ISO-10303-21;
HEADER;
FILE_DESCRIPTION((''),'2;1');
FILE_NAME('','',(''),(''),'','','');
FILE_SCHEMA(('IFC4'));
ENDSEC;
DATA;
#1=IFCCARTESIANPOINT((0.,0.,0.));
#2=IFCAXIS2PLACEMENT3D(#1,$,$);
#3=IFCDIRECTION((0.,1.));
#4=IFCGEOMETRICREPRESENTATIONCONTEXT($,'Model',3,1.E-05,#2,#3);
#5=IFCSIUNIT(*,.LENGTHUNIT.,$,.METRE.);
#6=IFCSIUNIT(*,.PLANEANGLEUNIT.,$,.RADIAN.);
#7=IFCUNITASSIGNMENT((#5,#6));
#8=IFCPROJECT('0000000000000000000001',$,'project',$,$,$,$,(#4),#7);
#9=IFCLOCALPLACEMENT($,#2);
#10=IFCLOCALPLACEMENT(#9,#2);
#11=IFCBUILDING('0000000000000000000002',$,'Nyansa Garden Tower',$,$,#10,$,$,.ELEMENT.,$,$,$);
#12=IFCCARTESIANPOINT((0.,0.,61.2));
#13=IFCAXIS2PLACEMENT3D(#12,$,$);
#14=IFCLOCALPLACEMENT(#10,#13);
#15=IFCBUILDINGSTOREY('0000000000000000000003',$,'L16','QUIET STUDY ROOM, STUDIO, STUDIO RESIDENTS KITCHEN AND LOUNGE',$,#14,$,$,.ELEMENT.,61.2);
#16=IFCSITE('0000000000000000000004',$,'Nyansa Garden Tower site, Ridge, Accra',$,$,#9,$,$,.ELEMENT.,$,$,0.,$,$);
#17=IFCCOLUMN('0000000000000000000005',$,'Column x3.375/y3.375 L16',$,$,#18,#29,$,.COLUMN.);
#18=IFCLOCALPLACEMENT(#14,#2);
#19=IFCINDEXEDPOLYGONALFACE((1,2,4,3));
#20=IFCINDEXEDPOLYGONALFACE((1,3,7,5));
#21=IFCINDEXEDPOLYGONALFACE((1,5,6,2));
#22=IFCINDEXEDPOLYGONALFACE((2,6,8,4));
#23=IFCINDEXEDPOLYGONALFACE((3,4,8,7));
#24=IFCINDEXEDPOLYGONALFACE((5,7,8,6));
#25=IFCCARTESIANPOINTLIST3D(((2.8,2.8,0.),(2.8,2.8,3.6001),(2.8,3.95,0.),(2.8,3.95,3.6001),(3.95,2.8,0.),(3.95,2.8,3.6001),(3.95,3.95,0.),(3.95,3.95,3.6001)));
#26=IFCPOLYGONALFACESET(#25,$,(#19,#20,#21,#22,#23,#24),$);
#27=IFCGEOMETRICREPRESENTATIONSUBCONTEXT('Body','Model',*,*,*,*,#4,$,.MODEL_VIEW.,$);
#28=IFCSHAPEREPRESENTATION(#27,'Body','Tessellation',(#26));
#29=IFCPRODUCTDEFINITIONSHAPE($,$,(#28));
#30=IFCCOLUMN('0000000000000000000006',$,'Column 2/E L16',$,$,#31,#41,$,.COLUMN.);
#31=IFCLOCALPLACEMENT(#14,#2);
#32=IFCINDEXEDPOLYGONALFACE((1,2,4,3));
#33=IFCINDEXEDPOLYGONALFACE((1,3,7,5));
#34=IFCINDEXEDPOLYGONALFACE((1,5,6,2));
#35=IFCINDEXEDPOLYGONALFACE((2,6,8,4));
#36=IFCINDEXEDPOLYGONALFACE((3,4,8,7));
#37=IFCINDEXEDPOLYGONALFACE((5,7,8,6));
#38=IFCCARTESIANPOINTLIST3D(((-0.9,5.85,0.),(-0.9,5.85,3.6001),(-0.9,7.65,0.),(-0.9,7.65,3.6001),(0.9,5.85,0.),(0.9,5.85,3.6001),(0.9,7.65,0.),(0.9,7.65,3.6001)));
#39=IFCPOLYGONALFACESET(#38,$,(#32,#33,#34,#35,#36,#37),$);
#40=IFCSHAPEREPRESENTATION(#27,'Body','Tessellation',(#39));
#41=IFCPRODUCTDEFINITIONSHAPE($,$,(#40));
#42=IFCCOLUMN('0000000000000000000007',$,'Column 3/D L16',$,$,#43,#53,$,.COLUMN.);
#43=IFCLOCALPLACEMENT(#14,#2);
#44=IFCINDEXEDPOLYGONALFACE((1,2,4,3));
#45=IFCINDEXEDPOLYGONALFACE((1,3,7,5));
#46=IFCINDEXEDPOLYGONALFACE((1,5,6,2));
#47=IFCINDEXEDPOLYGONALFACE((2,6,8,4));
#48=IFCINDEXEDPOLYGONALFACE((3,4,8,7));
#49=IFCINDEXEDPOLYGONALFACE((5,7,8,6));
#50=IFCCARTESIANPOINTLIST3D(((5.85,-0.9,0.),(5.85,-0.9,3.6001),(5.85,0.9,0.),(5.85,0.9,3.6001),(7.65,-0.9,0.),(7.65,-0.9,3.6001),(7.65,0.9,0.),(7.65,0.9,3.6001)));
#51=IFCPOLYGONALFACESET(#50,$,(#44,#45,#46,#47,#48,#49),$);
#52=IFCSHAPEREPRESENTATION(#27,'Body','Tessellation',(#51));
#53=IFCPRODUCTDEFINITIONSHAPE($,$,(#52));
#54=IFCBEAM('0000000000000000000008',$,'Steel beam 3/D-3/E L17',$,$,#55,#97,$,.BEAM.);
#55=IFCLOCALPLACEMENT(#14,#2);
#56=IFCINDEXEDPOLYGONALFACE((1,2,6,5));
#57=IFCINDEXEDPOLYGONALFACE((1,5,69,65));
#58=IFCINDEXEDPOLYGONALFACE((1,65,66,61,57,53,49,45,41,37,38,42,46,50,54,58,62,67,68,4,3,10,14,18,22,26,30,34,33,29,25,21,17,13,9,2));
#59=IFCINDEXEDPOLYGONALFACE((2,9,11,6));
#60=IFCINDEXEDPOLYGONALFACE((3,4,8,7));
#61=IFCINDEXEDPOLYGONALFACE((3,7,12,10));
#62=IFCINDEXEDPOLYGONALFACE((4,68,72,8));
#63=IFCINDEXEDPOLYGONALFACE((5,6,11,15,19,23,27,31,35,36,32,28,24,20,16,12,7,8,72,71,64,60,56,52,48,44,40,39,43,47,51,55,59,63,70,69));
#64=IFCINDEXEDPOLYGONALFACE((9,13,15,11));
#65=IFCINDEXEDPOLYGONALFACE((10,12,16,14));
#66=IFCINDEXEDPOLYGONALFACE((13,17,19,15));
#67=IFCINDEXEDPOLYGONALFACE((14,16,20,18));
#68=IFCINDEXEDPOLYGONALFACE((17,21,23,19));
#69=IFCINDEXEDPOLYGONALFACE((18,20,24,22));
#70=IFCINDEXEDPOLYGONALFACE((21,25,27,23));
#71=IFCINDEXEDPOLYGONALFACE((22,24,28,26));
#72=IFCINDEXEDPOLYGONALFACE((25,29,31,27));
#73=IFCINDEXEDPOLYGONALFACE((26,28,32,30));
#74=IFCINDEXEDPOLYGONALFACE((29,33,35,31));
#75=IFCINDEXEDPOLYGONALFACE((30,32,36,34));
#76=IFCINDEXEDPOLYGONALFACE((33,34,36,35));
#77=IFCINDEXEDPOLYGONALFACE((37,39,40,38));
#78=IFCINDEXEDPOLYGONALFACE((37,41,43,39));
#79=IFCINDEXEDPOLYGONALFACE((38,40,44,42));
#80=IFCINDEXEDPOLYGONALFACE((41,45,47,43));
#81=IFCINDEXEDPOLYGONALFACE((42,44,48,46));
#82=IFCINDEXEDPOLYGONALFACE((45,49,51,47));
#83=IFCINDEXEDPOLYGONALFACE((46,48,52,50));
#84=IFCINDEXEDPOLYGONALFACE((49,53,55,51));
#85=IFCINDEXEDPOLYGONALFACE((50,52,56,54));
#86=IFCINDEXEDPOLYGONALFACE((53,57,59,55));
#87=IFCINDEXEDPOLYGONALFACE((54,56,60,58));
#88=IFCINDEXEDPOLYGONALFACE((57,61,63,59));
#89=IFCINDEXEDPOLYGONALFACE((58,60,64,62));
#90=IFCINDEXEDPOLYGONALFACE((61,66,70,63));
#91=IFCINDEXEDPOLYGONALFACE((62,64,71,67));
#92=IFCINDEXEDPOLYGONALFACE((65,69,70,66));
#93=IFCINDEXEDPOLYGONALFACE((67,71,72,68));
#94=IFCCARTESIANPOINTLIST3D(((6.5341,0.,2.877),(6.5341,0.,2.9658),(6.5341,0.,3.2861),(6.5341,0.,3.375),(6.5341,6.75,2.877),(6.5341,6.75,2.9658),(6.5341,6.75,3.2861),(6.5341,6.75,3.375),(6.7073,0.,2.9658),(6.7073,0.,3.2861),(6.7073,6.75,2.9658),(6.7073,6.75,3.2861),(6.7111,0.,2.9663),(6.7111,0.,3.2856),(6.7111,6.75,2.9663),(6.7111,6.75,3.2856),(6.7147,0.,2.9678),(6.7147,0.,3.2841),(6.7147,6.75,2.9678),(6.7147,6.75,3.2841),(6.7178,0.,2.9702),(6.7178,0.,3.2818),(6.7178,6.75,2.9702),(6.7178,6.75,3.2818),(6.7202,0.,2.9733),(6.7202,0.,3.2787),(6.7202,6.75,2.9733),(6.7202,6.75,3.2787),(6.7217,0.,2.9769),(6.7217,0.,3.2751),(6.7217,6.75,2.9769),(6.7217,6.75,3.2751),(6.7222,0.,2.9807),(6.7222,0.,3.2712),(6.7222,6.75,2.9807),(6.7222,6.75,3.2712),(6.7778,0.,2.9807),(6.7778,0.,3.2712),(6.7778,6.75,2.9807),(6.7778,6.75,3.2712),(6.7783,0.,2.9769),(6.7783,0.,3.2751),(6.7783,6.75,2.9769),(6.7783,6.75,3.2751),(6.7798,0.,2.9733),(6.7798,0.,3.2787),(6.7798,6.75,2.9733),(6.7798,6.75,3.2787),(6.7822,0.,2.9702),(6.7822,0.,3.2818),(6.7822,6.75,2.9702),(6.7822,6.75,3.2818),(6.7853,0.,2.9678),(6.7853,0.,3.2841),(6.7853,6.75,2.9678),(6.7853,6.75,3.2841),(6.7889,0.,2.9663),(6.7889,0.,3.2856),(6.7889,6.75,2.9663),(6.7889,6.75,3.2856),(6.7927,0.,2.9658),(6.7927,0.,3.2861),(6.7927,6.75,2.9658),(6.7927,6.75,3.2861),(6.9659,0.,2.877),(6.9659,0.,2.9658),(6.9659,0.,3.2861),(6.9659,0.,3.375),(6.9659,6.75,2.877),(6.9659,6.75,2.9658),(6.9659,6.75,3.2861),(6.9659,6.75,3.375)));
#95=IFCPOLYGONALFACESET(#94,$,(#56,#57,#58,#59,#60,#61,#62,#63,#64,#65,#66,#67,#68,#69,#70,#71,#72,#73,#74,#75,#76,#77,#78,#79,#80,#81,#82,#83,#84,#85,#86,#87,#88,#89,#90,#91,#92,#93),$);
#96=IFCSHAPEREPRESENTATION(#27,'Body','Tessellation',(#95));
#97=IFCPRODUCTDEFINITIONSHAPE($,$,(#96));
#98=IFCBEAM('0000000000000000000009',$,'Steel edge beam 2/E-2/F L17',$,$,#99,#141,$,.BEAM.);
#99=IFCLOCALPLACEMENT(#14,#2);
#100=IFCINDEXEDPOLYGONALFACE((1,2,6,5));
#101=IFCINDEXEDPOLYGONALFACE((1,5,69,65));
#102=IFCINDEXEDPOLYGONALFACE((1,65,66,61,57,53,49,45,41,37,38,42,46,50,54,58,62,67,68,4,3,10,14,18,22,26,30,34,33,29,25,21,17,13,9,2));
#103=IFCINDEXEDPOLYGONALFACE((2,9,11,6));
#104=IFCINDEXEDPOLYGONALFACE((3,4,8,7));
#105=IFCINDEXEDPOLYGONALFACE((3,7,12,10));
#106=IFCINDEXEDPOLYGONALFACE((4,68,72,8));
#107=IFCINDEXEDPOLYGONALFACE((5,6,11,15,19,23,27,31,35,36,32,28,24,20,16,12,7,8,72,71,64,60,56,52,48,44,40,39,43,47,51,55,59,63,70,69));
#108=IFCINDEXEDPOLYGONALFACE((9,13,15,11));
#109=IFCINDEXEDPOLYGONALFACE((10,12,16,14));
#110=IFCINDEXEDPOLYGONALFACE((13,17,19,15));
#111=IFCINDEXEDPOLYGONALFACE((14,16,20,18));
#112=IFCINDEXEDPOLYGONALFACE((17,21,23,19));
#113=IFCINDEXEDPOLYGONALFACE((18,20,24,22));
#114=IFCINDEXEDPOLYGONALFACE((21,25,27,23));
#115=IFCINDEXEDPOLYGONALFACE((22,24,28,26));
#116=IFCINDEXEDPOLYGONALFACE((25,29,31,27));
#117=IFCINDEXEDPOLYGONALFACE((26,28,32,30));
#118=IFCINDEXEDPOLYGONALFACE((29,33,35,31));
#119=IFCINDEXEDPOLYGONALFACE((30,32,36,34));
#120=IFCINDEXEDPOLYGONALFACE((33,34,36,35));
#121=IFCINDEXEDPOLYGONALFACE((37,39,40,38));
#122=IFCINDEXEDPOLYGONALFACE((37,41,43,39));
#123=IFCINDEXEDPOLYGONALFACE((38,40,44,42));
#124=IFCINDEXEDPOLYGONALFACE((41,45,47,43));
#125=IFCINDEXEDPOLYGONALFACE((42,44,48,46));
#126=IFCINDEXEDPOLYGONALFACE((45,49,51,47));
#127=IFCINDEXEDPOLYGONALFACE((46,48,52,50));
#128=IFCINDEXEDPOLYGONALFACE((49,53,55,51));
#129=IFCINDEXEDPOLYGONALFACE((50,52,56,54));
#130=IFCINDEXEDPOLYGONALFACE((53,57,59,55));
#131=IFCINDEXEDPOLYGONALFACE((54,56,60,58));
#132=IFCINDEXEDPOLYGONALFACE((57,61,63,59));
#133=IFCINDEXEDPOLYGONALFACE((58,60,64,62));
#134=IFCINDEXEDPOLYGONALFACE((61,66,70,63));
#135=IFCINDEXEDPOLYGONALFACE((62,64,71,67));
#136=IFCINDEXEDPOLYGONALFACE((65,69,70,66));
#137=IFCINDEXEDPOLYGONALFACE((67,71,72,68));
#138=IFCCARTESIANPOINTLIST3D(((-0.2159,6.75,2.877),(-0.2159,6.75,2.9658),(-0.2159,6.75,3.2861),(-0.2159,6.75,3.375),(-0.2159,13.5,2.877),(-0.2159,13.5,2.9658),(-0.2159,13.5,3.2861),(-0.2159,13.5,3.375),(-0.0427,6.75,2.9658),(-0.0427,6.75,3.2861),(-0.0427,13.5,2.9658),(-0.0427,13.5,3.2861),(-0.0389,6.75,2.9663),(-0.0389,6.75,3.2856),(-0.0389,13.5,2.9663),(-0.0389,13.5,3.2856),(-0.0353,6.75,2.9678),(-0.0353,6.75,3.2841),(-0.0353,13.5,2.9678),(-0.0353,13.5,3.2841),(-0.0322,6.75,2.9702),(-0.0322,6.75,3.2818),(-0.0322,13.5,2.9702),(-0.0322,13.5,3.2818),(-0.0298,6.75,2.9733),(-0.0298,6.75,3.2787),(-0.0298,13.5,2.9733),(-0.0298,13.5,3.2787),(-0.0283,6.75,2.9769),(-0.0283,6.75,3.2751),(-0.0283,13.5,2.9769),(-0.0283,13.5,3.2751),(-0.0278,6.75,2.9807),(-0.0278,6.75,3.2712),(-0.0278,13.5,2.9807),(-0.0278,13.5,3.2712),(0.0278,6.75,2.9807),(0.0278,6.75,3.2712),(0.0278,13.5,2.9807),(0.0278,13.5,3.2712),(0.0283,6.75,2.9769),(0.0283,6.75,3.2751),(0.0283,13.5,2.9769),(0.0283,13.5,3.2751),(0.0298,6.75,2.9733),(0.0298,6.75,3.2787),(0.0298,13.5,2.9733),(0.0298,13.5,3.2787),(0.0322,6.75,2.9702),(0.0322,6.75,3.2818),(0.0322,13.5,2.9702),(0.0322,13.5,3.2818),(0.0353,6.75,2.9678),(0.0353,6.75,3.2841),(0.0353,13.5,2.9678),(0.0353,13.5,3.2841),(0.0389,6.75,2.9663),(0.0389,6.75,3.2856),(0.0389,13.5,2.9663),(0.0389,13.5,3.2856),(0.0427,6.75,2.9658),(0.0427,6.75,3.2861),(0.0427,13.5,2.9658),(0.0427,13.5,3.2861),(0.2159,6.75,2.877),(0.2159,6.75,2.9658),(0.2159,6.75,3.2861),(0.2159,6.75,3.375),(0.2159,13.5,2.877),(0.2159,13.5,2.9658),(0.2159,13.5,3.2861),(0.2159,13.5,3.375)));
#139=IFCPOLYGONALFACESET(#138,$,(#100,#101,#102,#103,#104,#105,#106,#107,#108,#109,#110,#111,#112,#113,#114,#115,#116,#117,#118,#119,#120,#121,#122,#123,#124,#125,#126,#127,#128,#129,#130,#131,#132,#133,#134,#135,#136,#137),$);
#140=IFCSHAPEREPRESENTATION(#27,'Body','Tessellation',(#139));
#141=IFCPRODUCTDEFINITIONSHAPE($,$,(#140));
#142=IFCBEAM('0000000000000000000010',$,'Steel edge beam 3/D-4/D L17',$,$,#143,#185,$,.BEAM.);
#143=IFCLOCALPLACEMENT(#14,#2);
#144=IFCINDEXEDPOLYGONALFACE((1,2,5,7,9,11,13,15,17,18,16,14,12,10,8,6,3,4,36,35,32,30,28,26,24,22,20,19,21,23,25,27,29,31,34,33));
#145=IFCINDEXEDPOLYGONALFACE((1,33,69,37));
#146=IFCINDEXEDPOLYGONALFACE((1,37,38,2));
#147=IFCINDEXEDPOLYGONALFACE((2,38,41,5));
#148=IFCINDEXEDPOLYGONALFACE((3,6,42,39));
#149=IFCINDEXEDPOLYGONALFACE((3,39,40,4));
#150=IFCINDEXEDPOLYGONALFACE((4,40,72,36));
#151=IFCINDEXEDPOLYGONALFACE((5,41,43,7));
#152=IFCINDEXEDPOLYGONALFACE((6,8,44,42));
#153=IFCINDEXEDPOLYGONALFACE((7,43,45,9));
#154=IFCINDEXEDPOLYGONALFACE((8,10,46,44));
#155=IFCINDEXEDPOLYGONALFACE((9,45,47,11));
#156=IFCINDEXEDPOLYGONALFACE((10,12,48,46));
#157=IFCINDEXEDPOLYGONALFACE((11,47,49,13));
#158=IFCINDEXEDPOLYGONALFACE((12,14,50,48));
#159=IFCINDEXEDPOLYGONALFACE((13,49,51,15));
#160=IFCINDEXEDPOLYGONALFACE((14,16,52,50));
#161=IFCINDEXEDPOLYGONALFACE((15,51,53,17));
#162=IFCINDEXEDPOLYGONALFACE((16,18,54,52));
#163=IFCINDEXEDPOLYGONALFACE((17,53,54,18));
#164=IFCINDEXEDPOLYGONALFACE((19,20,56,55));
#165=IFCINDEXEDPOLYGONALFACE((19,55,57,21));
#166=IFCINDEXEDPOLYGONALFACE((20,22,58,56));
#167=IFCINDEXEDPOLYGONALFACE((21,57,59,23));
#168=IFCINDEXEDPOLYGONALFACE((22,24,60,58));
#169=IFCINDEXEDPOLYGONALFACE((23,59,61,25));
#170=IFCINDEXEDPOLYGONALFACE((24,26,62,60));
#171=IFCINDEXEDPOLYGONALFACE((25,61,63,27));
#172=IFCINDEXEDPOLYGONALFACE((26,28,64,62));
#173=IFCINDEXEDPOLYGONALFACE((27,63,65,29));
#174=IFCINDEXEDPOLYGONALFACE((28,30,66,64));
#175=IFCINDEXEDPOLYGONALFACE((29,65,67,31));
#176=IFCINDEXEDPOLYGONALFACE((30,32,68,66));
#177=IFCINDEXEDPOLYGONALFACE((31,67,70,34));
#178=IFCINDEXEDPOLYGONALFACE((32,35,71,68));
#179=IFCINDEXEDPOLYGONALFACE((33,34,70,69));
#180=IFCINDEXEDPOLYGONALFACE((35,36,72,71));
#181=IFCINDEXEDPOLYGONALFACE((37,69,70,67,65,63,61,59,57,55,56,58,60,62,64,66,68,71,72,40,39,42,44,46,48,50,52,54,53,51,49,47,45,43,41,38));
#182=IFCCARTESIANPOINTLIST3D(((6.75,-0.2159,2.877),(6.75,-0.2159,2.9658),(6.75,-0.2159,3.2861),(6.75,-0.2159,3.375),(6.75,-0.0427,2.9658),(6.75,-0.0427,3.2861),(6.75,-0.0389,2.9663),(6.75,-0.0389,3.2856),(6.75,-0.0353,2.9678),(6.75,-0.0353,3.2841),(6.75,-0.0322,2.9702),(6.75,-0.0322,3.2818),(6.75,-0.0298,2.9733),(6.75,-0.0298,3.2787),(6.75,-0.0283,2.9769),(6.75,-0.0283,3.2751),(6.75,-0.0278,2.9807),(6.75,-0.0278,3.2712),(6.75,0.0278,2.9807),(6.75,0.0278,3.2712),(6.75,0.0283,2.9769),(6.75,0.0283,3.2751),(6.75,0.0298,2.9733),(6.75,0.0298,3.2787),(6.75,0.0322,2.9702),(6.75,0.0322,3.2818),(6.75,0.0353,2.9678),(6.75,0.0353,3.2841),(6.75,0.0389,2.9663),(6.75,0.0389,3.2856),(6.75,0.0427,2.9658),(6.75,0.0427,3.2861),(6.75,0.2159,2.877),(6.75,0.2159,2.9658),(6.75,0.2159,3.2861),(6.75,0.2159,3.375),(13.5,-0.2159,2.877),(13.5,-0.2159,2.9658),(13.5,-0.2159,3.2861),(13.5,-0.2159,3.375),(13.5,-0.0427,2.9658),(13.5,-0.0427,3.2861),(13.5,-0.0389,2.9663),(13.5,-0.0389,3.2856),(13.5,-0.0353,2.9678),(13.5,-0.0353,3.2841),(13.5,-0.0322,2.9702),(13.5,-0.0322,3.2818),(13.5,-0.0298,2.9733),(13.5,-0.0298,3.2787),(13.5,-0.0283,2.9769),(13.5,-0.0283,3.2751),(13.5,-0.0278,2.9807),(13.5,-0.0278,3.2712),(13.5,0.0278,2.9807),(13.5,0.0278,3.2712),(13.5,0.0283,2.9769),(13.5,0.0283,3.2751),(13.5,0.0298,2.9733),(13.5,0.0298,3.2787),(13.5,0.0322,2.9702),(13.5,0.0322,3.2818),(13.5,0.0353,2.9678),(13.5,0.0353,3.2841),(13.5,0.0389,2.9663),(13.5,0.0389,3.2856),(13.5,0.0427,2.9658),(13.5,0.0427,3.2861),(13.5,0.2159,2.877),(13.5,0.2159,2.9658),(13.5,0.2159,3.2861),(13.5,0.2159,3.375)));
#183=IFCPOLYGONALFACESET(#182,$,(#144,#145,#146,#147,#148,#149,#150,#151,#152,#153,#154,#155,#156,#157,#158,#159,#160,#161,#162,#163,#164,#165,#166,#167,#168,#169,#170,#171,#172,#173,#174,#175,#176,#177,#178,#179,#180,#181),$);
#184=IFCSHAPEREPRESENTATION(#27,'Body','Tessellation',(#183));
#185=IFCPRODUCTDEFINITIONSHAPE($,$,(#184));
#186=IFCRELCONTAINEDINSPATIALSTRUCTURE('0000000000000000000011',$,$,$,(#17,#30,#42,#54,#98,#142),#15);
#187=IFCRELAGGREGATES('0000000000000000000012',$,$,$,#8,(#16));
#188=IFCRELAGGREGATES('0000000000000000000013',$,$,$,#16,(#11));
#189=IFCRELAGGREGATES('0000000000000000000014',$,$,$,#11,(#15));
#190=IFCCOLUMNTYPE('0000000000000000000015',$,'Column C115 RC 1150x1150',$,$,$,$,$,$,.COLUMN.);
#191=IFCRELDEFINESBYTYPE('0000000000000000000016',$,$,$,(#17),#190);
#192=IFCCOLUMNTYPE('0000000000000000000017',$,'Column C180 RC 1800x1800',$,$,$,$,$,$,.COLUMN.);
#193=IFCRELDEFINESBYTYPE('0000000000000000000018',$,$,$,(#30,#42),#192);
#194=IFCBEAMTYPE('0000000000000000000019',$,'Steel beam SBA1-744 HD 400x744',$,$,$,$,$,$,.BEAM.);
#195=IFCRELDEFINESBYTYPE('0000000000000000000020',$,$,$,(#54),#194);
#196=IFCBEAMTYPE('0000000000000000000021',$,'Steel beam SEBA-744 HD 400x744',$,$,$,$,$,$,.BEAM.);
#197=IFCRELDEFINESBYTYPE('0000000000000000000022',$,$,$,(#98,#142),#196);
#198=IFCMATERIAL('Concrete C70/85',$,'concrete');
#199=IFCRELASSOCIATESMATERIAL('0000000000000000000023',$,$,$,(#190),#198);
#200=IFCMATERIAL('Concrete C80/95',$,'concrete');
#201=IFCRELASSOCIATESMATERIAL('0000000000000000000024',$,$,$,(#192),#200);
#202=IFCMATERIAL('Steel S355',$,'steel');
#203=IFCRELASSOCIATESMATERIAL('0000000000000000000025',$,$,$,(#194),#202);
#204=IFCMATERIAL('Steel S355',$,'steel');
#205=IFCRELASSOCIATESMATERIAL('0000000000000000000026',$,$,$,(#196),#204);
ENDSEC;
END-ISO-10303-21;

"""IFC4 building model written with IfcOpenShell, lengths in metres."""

from ifc_helpers import new_model, si_unit, direction, frame, origin, origin_2d, place, context, subcontext, project, spatial, rectangle, i_section, extrude, material, material_profile, profile_set, type_object, element, save


model = new_model("IFC4")

# Units and contexts
model_context = context("Model", 3, precision=1e-05, world=origin(), true_north=direction((0.0, 1.0)))
body_context = subcontext(model_context, "Body", "Model", "MODEL_VIEW")
ifc_project = project(units=[si_unit("LENGTHUNIT", "METRE"), si_unit("PLANEANGLEUNIT", "RADIAN")], contexts=[model_context])

# Site, building, storey
site_placement = place(None, origin())
site = spatial("IfcSite", under=ifc_project, at=site_placement, Name="Nyansa Garden Tower site, Ridge, Accra", CompositionType="ELEMENT", RefElevation=0.0)
building_placement = place(site_placement, origin())
building = spatial("IfcBuilding", under=site, at=building_placement, Name="Nyansa Garden Tower", CompositionType="ELEMENT")
storey_placement = place(building_placement, frame((0.0, 0.0, 61.2)))
storey = spatial("IfcBuildingStorey", under=building, at=storey_placement, Name="L16", Description="QUIET STUDY ROOM, STUDIO, STUDIO RESIDENTS KITCHEN AND LOUNGE", CompositionType="ELEMENT", Elevation=61.2)

# Columns
ifc_material_1 = material(Name="Concrete C70/85", Category="concrete")
ifc_material_profile_1 = material_profile(ifc_material_1, rectangle(XDim=1.1499, YDim=1.1499, at=origin_2d()), Name="RC 1150x1150")
ifc_profile_set_1 = profile_set([ifc_material_profile_1], Name="Concrete C70/85")
column_type_1 = type_object("IfcColumnType", Name="Column C115 RC 1150x1150", PredefinedType="COLUMN", material=ifc_profile_set_1)
column_placement = place(storey_placement, frame((3.375, 3.375, 0.0), z_axis=(0.0, 0.0, 1.0), x_axis=(1.0, 0.0, 0.0)))
element("IfcColumn", 1, at=column_placement, inside=storey, type_object=column_type_1, Name="Column x3.375/y3.375 L16", PredefinedType="COLUMN", context=body_context, shape_type="SweptSolid", body=[
    extrude(rectangle(XDim=1.1499, YDim=1.1499, at=origin_2d()), origin(), (0.0, 0.0, 1.0), 3.6001),
])
ifc_material_2 = material(Name="Concrete C80/95", Category="concrete")
ifc_material_profile_2 = material_profile(ifc_material_2, rectangle(XDim=1.8, YDim=1.8, at=origin_2d()), Name="RC 1800x1800")
ifc_profile_set_2 = profile_set([ifc_material_profile_2], Name="Concrete C80/95")
column_type_2 = type_object("IfcColumnType", Name="Column C180 RC 1800x1800", PredefinedType="COLUMN", material=ifc_profile_set_2)
for number, where, z_axis, x_axis, name in (
    (2, (0.0, 6.75, 0.0), (0.0, 0.0, 1.0), (1.0, 0.0, 0.0), "Column 2/E L16"),
    (3, (6.75, 0.0, 0.0), (0.0, 0.0, 1.0), (1.0, 0.0, 0.0), "Column 3/D L16"),
):
    element("IfcColumn", number, at=place(storey_placement, frame(where, z_axis=z_axis, x_axis=x_axis)), inside=storey, type_object=column_type_2, Name=name, PredefinedType="COLUMN", context=body_context, shape_type="SweptSolid", body=[
        extrude(rectangle(XDim=1.8, YDim=1.8, at=origin_2d()), origin(), (0.0, 0.0, 1.0), 3.6001),
    ])

# Beams
ifc_material_3 = material(Name="Steel S355", Category="steel")
ifc_material_profile_3 = material_profile(ifc_material_3, i_section(OverallWidth=0.4319, OverallDepth=0.498, WebThickness=0.0557, FlangeThickness=0.0889, FilletRadius=0.0149, at=origin_2d()), Name="HD 400x744")
ifc_profile_set_3 = profile_set([ifc_material_profile_3], Name="Steel S355")
beam_type_1 = type_object("IfcBeamType", Name="Steel beam SBA1-744 HD 400x744", PredefinedType="BEAM", material=ifc_profile_set_3)
beam_placement = place(storey_placement, frame((6.75, 0.0, 3.126), z_axis=(0.0, 1.0, 0.0), x_axis=(-1.0, 0.0, 0.0)))
element("IfcBeam", 4, at=beam_placement, inside=storey, type_object=beam_type_1, Name="Steel beam 3/D-3/E L17", PredefinedType="BEAM", context=body_context, shape_type="SweptSolid", body=[
    extrude(i_section(OverallWidth=0.4319, OverallDepth=0.498, WebThickness=0.0557, FlangeThickness=0.0889, FilletRadius=0.0149, at=origin_2d()), origin(), (0.0, 0.0, 1.0), 6.75),
])
ifc_material_4 = material(Name="Steel S355", Category="steel")
ifc_material_profile_4 = material_profile(ifc_material_4, i_section(OverallWidth=0.4319, OverallDepth=0.498, WebThickness=0.0557, FlangeThickness=0.0889, FilletRadius=0.0149, at=origin_2d()), Name="HD 400x744")
ifc_profile_set_4 = profile_set([ifc_material_profile_4], Name="Steel S355")
beam_type_2 = type_object("IfcBeamType", Name="Steel beam SEBA-744 HD 400x744", PredefinedType="BEAM", material=ifc_profile_set_4)
for number, where, z_axis, x_axis, name in (
    (5, (0.0, 6.75, 3.126), (0.0, 1.0, 0.0), (-1.0, 0.0, 0.0), "Steel edge beam 2/E-2/F L17"),
    (6, (6.75, 0.0, 3.126), (1.0, 0.0, 0.0), (0.0, 1.0, 0.0), "Steel edge beam 3/D-4/D L17"),
):
    element("IfcBeam", number, at=place(storey_placement, frame(where, z_axis=z_axis, x_axis=x_axis)), inside=storey, type_object=beam_type_2, Name=name, PredefinedType="BEAM", context=body_context, shape_type="SweptSolid", body=[
        extrude(i_section(OverallWidth=0.4319, OverallDepth=0.498, WebThickness=0.0557, FlangeThickness=0.0889, FilletRadius=0.0149, at=origin_2d()), origin(), (0.0, 0.0, 1.0), 6.75),
    ])

save(model, "model.ifc")
